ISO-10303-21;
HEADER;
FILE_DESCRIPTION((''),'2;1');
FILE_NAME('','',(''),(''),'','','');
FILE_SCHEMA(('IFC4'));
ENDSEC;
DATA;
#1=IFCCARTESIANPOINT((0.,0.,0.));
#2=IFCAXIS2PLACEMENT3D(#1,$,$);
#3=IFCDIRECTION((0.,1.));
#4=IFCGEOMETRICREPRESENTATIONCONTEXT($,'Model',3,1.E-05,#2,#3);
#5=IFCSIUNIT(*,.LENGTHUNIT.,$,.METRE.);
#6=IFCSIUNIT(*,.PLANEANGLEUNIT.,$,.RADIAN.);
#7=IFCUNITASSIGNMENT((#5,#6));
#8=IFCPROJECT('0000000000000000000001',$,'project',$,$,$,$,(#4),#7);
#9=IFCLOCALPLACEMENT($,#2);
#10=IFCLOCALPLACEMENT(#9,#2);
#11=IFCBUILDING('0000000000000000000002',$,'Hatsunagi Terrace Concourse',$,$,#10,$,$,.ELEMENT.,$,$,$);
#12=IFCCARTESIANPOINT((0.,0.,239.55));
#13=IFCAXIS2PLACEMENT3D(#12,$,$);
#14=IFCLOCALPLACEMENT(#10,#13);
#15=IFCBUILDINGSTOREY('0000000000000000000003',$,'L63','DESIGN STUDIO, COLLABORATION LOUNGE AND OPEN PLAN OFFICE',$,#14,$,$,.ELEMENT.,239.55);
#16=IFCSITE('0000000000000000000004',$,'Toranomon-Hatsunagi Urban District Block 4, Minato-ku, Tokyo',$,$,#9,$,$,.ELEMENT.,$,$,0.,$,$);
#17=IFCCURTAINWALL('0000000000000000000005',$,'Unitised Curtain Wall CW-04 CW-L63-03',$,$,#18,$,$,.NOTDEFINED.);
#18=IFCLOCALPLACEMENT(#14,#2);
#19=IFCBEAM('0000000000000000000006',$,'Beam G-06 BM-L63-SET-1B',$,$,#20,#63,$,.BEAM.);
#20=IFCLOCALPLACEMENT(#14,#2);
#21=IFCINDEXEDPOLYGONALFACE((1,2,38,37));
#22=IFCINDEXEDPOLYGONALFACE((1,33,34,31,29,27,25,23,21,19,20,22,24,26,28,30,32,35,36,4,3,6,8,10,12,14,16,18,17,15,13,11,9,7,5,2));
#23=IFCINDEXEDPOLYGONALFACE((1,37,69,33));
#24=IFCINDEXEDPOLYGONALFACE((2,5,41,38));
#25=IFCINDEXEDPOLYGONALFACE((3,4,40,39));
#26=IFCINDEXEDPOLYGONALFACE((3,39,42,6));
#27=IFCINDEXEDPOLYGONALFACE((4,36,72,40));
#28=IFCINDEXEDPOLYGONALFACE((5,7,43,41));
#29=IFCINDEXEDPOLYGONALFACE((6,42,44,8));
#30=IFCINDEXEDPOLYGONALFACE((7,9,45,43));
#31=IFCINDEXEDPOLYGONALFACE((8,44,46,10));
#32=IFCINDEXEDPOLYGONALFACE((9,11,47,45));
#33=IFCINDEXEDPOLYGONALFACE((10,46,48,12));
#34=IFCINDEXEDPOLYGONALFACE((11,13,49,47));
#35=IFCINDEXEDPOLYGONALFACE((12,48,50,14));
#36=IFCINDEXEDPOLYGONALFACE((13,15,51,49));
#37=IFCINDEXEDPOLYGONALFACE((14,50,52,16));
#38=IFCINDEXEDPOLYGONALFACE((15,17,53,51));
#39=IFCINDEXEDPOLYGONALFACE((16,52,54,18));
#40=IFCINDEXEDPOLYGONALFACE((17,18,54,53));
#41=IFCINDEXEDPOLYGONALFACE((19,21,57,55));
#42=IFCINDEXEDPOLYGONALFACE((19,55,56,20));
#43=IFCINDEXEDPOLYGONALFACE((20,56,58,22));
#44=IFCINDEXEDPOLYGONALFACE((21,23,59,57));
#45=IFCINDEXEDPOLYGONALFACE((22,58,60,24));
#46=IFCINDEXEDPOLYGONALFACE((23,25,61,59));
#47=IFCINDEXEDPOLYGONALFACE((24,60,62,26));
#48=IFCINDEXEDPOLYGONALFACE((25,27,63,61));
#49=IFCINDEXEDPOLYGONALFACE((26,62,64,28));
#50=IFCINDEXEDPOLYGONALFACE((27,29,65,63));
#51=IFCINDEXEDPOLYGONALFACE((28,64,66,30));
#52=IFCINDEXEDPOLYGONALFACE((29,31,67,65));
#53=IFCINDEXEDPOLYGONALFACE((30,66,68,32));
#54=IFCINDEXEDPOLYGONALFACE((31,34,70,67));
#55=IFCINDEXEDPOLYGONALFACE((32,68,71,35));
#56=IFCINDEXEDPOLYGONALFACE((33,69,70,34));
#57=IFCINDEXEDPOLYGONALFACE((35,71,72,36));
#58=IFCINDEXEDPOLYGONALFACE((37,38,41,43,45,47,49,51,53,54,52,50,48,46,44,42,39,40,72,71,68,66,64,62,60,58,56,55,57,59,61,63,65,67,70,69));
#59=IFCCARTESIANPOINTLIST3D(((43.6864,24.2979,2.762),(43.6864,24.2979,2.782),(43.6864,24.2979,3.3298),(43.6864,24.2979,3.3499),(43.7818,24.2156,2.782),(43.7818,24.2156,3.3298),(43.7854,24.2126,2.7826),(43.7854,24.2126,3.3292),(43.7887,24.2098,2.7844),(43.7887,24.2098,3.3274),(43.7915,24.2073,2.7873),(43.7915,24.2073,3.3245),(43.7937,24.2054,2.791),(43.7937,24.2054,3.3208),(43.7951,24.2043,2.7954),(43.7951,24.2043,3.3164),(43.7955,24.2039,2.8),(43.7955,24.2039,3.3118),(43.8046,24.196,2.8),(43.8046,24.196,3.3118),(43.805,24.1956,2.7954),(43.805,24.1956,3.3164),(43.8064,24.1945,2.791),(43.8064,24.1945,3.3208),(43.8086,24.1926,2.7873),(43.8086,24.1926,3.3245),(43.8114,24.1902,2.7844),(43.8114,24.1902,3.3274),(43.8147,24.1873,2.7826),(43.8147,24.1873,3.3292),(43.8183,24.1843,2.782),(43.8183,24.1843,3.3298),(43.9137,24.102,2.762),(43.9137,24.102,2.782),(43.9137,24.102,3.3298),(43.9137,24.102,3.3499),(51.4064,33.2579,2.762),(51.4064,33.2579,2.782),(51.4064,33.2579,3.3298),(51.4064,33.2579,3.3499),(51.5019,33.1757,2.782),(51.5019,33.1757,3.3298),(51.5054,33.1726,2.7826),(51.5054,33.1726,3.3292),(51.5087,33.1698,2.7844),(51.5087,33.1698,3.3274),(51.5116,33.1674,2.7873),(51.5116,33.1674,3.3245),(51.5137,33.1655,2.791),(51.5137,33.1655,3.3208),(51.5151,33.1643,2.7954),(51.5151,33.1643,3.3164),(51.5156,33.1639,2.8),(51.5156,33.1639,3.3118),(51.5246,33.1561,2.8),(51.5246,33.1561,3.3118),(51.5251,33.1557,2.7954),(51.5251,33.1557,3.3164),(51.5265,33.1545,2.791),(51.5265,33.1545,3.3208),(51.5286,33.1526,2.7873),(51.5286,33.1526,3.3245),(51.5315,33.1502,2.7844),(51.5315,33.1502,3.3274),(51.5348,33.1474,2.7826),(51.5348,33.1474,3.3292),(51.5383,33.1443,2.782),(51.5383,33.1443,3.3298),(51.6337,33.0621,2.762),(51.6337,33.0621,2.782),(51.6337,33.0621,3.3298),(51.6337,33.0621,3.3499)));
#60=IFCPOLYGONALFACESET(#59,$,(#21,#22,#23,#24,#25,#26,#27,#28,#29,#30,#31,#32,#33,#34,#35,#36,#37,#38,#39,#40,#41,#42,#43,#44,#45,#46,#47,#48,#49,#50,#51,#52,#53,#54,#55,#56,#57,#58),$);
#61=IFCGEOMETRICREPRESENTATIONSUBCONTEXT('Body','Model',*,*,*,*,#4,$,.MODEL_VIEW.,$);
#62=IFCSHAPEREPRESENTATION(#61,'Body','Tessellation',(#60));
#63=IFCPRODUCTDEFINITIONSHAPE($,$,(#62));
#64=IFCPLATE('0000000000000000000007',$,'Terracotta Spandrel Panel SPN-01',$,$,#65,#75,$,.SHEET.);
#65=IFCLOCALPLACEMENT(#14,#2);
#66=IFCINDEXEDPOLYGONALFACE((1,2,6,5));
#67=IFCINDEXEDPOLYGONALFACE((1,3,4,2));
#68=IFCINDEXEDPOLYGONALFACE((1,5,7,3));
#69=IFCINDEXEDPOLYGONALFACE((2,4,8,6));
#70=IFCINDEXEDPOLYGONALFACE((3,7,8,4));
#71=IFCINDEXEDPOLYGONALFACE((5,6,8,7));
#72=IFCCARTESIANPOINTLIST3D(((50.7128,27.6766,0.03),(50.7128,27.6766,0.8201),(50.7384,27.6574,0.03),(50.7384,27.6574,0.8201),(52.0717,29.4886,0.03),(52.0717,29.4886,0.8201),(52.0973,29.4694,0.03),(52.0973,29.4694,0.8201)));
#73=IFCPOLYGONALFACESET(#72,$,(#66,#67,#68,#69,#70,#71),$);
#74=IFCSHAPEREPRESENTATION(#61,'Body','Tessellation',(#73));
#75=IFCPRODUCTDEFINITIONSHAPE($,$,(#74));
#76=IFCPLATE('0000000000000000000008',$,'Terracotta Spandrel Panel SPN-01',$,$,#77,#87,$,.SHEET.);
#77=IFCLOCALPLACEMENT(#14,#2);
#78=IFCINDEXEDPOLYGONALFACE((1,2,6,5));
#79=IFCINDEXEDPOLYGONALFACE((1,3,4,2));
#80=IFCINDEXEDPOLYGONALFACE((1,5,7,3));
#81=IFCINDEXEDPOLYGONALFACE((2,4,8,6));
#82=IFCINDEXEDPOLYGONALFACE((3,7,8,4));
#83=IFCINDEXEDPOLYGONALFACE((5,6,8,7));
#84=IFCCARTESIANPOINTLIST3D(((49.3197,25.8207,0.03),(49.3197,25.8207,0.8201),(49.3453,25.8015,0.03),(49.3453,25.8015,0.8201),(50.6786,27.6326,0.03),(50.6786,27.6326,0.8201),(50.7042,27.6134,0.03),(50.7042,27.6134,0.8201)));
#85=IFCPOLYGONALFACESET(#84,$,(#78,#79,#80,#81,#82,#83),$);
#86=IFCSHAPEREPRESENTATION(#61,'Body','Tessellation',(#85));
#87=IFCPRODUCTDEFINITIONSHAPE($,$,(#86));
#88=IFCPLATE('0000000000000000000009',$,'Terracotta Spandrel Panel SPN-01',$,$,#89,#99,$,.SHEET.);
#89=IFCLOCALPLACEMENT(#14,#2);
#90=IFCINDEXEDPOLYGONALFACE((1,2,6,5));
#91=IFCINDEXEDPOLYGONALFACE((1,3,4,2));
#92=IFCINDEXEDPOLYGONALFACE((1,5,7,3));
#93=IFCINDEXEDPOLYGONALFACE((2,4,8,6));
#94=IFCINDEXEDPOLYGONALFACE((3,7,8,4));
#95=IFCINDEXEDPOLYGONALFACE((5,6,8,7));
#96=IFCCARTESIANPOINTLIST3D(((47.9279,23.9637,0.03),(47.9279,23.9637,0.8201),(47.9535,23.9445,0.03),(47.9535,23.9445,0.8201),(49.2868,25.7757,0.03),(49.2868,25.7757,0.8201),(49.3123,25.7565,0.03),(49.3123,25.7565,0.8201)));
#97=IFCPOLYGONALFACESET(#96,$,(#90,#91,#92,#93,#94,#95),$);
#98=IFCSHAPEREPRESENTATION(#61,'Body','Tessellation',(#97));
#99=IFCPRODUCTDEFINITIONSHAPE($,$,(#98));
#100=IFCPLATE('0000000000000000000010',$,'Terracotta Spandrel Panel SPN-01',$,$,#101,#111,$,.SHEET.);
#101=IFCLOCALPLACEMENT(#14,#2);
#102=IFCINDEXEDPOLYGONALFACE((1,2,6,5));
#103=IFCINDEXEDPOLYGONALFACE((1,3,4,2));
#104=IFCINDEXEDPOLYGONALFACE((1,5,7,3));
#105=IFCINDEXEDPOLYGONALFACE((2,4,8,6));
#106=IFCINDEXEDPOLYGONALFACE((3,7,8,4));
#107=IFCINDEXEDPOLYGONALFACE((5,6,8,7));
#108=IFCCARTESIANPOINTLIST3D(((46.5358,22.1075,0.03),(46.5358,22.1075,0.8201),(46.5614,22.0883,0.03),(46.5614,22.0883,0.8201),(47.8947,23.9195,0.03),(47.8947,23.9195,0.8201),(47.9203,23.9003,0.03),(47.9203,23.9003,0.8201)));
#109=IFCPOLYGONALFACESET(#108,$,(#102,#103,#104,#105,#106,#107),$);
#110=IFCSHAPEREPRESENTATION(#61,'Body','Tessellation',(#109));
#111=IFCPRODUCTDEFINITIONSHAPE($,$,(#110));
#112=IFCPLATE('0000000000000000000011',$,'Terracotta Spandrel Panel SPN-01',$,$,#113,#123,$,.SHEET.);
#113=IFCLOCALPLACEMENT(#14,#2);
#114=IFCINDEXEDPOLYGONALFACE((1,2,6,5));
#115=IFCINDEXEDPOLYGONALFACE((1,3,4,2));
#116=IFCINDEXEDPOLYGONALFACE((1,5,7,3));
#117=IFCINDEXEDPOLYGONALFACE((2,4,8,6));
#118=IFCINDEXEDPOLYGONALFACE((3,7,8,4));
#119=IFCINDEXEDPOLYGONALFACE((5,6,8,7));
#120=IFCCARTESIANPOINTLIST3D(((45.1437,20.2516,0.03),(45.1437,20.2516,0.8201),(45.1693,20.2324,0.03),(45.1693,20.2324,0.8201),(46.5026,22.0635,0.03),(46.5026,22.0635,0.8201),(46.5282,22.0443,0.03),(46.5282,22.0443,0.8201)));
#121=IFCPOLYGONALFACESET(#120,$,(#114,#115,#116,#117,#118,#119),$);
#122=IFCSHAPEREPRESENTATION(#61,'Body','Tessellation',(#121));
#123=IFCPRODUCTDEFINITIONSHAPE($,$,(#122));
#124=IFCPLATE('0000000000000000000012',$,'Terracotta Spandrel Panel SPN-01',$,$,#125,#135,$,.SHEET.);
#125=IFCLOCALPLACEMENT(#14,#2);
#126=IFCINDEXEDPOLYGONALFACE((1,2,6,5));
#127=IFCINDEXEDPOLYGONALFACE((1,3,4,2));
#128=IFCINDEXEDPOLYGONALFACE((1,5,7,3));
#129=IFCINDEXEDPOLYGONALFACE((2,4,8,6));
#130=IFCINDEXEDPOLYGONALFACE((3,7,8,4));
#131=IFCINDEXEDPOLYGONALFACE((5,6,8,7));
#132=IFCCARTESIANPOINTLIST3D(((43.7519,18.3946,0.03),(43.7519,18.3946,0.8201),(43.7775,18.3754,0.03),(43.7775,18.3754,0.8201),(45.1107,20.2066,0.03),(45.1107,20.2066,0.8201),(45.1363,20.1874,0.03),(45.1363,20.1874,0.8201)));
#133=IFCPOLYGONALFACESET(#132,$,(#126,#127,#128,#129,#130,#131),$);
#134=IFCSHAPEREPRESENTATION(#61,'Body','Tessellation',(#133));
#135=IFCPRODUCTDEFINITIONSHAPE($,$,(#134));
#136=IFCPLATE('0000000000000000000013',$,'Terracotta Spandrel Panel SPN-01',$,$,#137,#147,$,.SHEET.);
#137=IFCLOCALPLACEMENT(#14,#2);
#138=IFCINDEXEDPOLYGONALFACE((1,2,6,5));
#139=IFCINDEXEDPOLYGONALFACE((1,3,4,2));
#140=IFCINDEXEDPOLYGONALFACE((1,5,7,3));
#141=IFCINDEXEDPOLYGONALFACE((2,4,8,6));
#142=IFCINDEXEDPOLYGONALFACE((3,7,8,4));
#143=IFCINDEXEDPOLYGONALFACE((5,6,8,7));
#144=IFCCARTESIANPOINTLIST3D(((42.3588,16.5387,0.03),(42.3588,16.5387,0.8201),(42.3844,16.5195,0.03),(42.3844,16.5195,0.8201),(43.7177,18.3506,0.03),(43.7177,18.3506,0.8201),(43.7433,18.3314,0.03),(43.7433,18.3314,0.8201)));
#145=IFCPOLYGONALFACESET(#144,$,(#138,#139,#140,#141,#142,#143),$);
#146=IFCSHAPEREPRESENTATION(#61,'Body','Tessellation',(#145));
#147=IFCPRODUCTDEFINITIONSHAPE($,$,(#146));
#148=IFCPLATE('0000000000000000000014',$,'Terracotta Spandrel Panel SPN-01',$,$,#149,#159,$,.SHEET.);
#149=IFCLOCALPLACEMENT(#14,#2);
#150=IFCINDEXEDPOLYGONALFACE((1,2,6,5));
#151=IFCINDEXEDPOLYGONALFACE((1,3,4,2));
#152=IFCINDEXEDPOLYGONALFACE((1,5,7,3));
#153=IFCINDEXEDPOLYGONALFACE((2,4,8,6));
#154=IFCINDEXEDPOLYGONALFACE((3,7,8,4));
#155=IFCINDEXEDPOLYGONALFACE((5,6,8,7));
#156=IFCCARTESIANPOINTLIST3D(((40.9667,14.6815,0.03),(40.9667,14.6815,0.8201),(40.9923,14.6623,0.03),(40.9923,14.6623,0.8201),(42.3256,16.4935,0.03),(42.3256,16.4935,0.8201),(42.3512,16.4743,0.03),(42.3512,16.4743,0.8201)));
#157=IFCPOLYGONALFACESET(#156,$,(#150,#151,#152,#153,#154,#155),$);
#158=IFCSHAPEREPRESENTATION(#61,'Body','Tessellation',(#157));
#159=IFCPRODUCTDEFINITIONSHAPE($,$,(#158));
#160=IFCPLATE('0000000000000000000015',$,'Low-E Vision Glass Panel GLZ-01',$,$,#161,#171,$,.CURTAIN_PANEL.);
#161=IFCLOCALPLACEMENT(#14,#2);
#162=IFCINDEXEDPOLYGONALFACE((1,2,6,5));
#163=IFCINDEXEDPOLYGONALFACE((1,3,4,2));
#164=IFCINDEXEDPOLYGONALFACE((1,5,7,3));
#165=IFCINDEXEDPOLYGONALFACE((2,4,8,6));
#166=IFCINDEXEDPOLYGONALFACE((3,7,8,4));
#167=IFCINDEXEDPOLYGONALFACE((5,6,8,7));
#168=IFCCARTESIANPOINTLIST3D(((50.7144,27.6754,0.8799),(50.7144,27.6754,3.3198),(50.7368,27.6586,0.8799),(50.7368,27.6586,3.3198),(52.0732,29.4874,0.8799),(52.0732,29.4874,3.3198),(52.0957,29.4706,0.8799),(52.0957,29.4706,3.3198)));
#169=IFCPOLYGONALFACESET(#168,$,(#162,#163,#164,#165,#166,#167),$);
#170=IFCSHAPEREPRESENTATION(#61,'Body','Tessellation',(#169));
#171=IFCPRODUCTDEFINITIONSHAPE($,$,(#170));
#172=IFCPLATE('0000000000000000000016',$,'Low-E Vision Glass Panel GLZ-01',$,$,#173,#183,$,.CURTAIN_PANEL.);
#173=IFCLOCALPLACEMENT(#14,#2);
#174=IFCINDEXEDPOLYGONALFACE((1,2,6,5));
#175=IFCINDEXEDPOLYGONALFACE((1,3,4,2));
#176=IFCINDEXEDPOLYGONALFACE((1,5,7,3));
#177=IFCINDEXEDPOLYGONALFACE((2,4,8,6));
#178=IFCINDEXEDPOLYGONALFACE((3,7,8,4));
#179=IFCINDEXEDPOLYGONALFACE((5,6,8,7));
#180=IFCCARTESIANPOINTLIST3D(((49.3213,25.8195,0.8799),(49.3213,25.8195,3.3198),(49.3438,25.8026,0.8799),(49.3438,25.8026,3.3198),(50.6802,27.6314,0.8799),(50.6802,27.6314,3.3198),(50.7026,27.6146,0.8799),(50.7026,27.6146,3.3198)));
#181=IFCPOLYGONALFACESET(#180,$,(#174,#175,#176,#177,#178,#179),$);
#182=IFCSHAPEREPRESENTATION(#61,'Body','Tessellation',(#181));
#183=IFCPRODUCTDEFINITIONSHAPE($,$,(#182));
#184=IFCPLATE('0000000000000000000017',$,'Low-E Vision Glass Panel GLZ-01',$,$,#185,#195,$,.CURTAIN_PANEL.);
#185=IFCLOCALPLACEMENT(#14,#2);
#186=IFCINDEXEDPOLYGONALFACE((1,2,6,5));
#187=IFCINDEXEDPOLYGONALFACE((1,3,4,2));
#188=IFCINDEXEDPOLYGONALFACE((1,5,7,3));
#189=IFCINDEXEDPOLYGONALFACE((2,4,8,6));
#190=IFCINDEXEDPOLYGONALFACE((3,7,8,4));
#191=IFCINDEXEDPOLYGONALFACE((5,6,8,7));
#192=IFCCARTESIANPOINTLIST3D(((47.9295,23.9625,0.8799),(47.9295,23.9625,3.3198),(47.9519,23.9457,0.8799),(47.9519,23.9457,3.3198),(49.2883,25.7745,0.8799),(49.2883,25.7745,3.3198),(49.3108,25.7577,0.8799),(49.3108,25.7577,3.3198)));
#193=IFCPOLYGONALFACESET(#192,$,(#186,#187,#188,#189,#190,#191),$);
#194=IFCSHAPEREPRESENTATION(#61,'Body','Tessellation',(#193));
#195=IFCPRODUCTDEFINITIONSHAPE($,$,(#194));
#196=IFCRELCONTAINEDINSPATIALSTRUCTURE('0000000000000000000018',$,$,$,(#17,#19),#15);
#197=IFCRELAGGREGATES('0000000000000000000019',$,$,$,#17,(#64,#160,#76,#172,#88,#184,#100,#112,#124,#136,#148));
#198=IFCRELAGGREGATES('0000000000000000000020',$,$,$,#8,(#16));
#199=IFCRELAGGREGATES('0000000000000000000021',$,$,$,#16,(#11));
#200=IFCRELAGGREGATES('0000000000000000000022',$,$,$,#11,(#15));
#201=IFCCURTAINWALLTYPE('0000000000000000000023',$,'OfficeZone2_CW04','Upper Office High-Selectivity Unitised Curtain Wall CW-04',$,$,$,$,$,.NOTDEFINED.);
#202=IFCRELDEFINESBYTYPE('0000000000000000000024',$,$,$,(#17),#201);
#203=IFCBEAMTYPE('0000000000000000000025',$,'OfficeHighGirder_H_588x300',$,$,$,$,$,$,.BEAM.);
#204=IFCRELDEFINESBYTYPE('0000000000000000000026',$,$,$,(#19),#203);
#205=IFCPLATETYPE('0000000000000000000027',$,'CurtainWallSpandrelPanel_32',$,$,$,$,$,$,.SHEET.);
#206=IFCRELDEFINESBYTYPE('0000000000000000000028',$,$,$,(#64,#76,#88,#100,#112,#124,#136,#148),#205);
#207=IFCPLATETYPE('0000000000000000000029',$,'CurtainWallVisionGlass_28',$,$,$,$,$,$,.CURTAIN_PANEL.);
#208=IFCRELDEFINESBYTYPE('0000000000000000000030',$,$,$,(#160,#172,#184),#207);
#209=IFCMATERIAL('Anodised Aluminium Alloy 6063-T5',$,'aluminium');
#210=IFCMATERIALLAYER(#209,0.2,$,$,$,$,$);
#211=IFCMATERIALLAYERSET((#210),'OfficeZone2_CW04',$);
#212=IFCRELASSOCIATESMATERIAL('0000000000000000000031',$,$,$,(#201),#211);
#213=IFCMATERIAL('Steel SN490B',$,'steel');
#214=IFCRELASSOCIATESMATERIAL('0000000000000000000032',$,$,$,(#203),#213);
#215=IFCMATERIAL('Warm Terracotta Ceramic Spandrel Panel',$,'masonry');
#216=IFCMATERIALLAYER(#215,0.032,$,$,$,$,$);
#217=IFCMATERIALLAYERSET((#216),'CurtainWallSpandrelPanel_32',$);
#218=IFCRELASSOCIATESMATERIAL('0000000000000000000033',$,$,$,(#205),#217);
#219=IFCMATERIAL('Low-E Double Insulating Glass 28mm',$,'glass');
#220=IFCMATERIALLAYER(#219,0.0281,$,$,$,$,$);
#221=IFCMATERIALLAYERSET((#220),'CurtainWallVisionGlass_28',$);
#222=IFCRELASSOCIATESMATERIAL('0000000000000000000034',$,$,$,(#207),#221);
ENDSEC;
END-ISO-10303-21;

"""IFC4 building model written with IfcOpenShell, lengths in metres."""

from ifc_helpers import new_model, si_unit, direction, frame, origin, origin_2d, place, context, subcontext, project, spatial, rectangle, i_section, extrude, material, layer, layer_set, material_profile, profile_set, type_object, element, aggregate, save


model = new_model("IFC4")

# Units and contexts
model_context = context("Model", 3, precision=1e-05, world=origin(), true_north=direction((0.0, 1.0)))
body_context = subcontext(model_context, "Body", "Model", "MODEL_VIEW")
ifc_project = project(units=[si_unit("LENGTHUNIT", "METRE"), si_unit("PLANEANGLEUNIT", "RADIAN")], contexts=[model_context])

# Site, building, storey
site_placement = place(None, origin())
site = spatial("IfcSite", under=ifc_project, at=site_placement, Name="Toranomon-Hatsunagi Urban District Block 4, Minato-ku, Tokyo", CompositionType="ELEMENT", RefElevation=0.0)
building_placement = place(site_placement, origin())
building = spatial("IfcBuilding", under=site, at=building_placement, Name="Hatsunagi Terrace Concourse", CompositionType="ELEMENT")
storey_placement = place(building_placement, frame((0.0, 0.0, 239.55)))
storey = spatial("IfcBuildingStorey", under=building, at=storey_placement, Name="L63", Description="DESIGN STUDIO, COLLABORATION LOUNGE AND OPEN PLAN OFFICE", CompositionType="ELEMENT", Elevation=239.55)

# Curtain wall
ifc_material_1 = material(Name="Anodised Aluminium Alloy 6063-T5", Category="aluminium")
ifc_layer_1 = layer(ifc_material_1, 0.2)
ifc_layer_set_1 = layer_set([ifc_layer_1], Name="OfficeZone2_CW04")
curtain_wall_type = type_object("IfcCurtainWallType", Name="OfficeZone2_CW04", Description="Upper Office High-Selectivity Unitised Curtain Wall CW-04", PredefinedType="NOTDEFINED", material=ifc_layer_set_1)
curtain_wall_placement = place(storey_placement, origin())
curtain_wall = element("IfcCurtainWall", 1, at=curtain_wall_placement, inside=storey, type_object=curtain_wall_type, Name="Unitised Curtain Wall CW-04 CW-L63-03", PredefinedType="NOTDEFINED")

# Beam
ifc_material_2 = material(Name="Steel SN490B", Category="steel")
ifc_material_profile_1 = material_profile(ifc_material_2, i_section(OverallWidth=0.3, OverallDepth=0.5879, WebThickness=0.012, FlangeThickness=0.02, FilletRadius=0.0181, at=origin_2d()), Name="H-588x300x12x20")
ifc_profile_set_1 = profile_set([ifc_material_profile_1], Name="Steel SN490B")
beam_type = type_object("IfcBeamType", Name="OfficeHighGirder_H_588x300", PredefinedType="BEAM", material=ifc_profile_set_1)
beam_placement = place(storey_placement, frame((43.8, 24.2, 3.0559), z_axis=(0.652739, 0.757583, 0.0), x_axis=(-0.757583, 0.652739, 0.0)))
element("IfcBeam", 2, at=beam_placement, inside=storey, type_object=beam_type, Name="Beam G-06 BM-L63-SET-1B", PredefinedType="BEAM", context=body_context, shape_type="SweptSolid", body=[
    extrude(i_section(OverallWidth=0.3, OverallDepth=0.5879, WebThickness=0.012, FlangeThickness=0.02, FilletRadius=0.0181, at=origin_2d()), origin(), (0.0, 0.0, 1.0), 11.8271),
])

# Plates
ifc_material_3 = material(Name="Warm Terracotta Ceramic Spandrel Panel", Category="masonry")
ifc_layer_2 = layer(ifc_material_3, 0.032)
ifc_layer_set_2 = layer_set([ifc_layer_2], Name="CurtainWallSpandrelPanel_32")
plate_type_1 = type_object("IfcPlateType", Name="CurtainWallSpandrelPanel_32", PredefinedType="SHEET", material=ifc_layer_set_2)
plate_1_placement = place(storey_placement, frame((51.405, 28.573, 0.03), z_axis=(0.0, 0.0, 1.0), x_axis=(-0.599969, -0.800023, 0.0)))
plate_1 = element("IfcPlate", 3, at=plate_1_placement, type_object=plate_type_1, Name="Terracotta Spandrel Panel SPN-01", PredefinedType="SHEET", context=body_context, shape_type="SweptSolid", body=[
    extrude(rectangle(XDim=2.2649, YDim=0.032, at=origin_2d()), origin(), (0.0, 0.0, 1.0), 0.79),
])
plate_2_placement = place(storey_placement, frame((50.012, 26.717, 0.03), z_axis=(0.0, 0.0, 1.0), x_axis=(-0.599969, -0.800023, 0.0)))
plate_2 = element("IfcPlate", 4, at=plate_2_placement, type_object=plate_type_1, Name="Terracotta Spandrel Panel SPN-01", PredefinedType="SHEET", context=body_context, shape_type="SweptSolid", body=[
    extrude(rectangle(XDim=2.2649, YDim=0.032, at=origin_2d()), origin(), (0.0, 0.0, 1.0), 0.79),
])
plate_3_placement = place(storey_placement, frame((48.6201, 24.8601, 0.03), z_axis=(0.0, 0.0, 1.0), x_axis=(-0.599969, -0.800023, 0.0)))
plate_3 = element("IfcPlate", 5, at=plate_3_placement, type_object=plate_type_1, Name="Terracotta Spandrel Panel SPN-01", PredefinedType="SHEET", context=body_context, shape_type="SweptSolid", body=[
    extrude(rectangle(XDim=2.2649, YDim=0.032, at=origin_2d()), origin(), (0.0, 0.0, 1.0), 0.79),
])
plate_4_placement = place(storey_placement, frame((47.228, 23.0039, 0.03), z_axis=(0.0, 0.0, 1.0), x_axis=(-0.599969, -0.800023, 0.0)))
plate_4 = element("IfcPlate", 6, at=plate_4_placement, type_object=plate_type_1, Name="Terracotta Spandrel Panel SPN-01", PredefinedType="SHEET", context=body_context, shape_type="SweptSolid", body=[
    extrude(rectangle(XDim=2.2649, YDim=0.032, at=origin_2d()), origin(), (0.0, 0.0, 1.0), 0.79),
])
plate_5_placement = place(storey_placement, frame((45.8359, 21.1479, 0.03), z_axis=(0.0, 0.0, 1.0), x_axis=(-0.599969, -0.800023, 0.0)))
plate_5 = element("IfcPlate", 7, at=plate_5_placement, type_object=plate_type_1, Name="Terracotta Spandrel Panel SPN-01", PredefinedType="SHEET", context=body_context, shape_type="SweptSolid", body=[
    extrude(rectangle(XDim=2.2649, YDim=0.032, at=origin_2d()), origin(), (0.0, 0.0, 1.0), 0.79),
])
plate_6_placement = place(storey_placement, frame((44.4441, 19.291, 0.03), z_axis=(0.0, 0.0, 1.0), x_axis=(-0.599969, -0.800023, 0.0)))
plate_6 = element("IfcPlate", 8, at=plate_6_placement, type_object=plate_type_1, Name="Terracotta Spandrel Panel SPN-01", PredefinedType="SHEET", context=body_context, shape_type="SweptSolid", body=[
    extrude(rectangle(XDim=2.2649, YDim=0.032, at=origin_2d()), origin(), (0.0, 0.0, 1.0), 0.79),
])
plate_7_placement = place(storey_placement, frame((43.051, 17.4351, 0.03), z_axis=(0.0, 0.0, 1.0), x_axis=(-0.599969, -0.800023, 0.0)))
plate_7 = element("IfcPlate", 9, at=plate_7_placement, type_object=plate_type_1, Name="Terracotta Spandrel Panel SPN-01", PredefinedType="SHEET", context=body_context, shape_type="SweptSolid", body=[
    extrude(rectangle(XDim=2.2649, YDim=0.032, at=origin_2d()), origin(), (0.0, 0.0, 1.0), 0.79),
])
plate_8_placement = place(storey_placement, frame((41.6589, 15.5779, 0.03), z_axis=(0.0, 0.0, 1.0), x_axis=(-0.599969, -0.800023, 0.0)))
plate_8 = element("IfcPlate", 10, at=plate_8_placement, type_object=plate_type_1, Name="Terracotta Spandrel Panel SPN-01", PredefinedType="SHEET", context=body_context, shape_type="SweptSolid", body=[
    extrude(rectangle(XDim=2.2649, YDim=0.032, at=origin_2d()), origin(), (0.0, 0.0, 1.0), 0.79),
])
ifc_material_4 = material(Name="Low-E Double Insulating Glass 28mm", Category="glass")
ifc_layer_3 = layer(ifc_material_4, 0.0281)
ifc_layer_set_3 = layer_set([ifc_layer_3], Name="CurtainWallVisionGlass_28")
plate_type_2 = type_object("IfcPlateType", Name="CurtainWallVisionGlass_28", PredefinedType="CURTAIN_PANEL", material=ifc_layer_set_3)
plate_9_placement = place(storey_placement, frame((51.405, 28.573, 0.8799), z_axis=(0.0, 0.0, 1.0), x_axis=(-0.599969, -0.800023, 0.0)))
plate_9 = element("IfcPlate", 11, at=plate_9_placement, type_object=plate_type_2, Name="Low-E Vision Glass Panel GLZ-01", PredefinedType="CURTAIN_PANEL", context=body_context, shape_type="SweptSolid", body=[
    extrude(rectangle(XDim=2.2649, YDim=0.0281, at=origin_2d()), origin(), (0.0, 0.0, 1.0), 2.4399),
])
plate_10_placement = place(storey_placement, frame((50.012, 26.717, 0.8799), z_axis=(0.0, 0.0, 1.0), x_axis=(-0.599969, -0.800023, 0.0)))
plate_10 = element("IfcPlate", 12, at=plate_10_placement, type_object=plate_type_2, Name="Low-E Vision Glass Panel GLZ-01", PredefinedType="CURTAIN_PANEL", context=body_context, shape_type="SweptSolid", body=[
    extrude(rectangle(XDim=2.2649, YDim=0.0281, at=origin_2d()), origin(), (0.0, 0.0, 1.0), 2.4399),
])
plate_11_placement = place(storey_placement, frame((48.6201, 24.8601, 0.8799), z_axis=(0.0, 0.0, 1.0), x_axis=(-0.599969, -0.800023, 0.0)))
plate_11 = element("IfcPlate", 13, at=plate_11_placement, type_object=plate_type_2, Name="Low-E Vision Glass Panel GLZ-01", PredefinedType="CURTAIN_PANEL", context=body_context, shape_type="SweptSolid", body=[
    extrude(rectangle(XDim=2.2649, YDim=0.0281, at=origin_2d()), origin(), (0.0, 0.0, 1.0), 2.4399),
])
aggregate(curtain_wall, [plate_1, plate_9, plate_2, plate_10, plate_3, plate_11, plate_4, plate_5, plate_6, plate_7, plate_8])

save(model, "model.ifc")
